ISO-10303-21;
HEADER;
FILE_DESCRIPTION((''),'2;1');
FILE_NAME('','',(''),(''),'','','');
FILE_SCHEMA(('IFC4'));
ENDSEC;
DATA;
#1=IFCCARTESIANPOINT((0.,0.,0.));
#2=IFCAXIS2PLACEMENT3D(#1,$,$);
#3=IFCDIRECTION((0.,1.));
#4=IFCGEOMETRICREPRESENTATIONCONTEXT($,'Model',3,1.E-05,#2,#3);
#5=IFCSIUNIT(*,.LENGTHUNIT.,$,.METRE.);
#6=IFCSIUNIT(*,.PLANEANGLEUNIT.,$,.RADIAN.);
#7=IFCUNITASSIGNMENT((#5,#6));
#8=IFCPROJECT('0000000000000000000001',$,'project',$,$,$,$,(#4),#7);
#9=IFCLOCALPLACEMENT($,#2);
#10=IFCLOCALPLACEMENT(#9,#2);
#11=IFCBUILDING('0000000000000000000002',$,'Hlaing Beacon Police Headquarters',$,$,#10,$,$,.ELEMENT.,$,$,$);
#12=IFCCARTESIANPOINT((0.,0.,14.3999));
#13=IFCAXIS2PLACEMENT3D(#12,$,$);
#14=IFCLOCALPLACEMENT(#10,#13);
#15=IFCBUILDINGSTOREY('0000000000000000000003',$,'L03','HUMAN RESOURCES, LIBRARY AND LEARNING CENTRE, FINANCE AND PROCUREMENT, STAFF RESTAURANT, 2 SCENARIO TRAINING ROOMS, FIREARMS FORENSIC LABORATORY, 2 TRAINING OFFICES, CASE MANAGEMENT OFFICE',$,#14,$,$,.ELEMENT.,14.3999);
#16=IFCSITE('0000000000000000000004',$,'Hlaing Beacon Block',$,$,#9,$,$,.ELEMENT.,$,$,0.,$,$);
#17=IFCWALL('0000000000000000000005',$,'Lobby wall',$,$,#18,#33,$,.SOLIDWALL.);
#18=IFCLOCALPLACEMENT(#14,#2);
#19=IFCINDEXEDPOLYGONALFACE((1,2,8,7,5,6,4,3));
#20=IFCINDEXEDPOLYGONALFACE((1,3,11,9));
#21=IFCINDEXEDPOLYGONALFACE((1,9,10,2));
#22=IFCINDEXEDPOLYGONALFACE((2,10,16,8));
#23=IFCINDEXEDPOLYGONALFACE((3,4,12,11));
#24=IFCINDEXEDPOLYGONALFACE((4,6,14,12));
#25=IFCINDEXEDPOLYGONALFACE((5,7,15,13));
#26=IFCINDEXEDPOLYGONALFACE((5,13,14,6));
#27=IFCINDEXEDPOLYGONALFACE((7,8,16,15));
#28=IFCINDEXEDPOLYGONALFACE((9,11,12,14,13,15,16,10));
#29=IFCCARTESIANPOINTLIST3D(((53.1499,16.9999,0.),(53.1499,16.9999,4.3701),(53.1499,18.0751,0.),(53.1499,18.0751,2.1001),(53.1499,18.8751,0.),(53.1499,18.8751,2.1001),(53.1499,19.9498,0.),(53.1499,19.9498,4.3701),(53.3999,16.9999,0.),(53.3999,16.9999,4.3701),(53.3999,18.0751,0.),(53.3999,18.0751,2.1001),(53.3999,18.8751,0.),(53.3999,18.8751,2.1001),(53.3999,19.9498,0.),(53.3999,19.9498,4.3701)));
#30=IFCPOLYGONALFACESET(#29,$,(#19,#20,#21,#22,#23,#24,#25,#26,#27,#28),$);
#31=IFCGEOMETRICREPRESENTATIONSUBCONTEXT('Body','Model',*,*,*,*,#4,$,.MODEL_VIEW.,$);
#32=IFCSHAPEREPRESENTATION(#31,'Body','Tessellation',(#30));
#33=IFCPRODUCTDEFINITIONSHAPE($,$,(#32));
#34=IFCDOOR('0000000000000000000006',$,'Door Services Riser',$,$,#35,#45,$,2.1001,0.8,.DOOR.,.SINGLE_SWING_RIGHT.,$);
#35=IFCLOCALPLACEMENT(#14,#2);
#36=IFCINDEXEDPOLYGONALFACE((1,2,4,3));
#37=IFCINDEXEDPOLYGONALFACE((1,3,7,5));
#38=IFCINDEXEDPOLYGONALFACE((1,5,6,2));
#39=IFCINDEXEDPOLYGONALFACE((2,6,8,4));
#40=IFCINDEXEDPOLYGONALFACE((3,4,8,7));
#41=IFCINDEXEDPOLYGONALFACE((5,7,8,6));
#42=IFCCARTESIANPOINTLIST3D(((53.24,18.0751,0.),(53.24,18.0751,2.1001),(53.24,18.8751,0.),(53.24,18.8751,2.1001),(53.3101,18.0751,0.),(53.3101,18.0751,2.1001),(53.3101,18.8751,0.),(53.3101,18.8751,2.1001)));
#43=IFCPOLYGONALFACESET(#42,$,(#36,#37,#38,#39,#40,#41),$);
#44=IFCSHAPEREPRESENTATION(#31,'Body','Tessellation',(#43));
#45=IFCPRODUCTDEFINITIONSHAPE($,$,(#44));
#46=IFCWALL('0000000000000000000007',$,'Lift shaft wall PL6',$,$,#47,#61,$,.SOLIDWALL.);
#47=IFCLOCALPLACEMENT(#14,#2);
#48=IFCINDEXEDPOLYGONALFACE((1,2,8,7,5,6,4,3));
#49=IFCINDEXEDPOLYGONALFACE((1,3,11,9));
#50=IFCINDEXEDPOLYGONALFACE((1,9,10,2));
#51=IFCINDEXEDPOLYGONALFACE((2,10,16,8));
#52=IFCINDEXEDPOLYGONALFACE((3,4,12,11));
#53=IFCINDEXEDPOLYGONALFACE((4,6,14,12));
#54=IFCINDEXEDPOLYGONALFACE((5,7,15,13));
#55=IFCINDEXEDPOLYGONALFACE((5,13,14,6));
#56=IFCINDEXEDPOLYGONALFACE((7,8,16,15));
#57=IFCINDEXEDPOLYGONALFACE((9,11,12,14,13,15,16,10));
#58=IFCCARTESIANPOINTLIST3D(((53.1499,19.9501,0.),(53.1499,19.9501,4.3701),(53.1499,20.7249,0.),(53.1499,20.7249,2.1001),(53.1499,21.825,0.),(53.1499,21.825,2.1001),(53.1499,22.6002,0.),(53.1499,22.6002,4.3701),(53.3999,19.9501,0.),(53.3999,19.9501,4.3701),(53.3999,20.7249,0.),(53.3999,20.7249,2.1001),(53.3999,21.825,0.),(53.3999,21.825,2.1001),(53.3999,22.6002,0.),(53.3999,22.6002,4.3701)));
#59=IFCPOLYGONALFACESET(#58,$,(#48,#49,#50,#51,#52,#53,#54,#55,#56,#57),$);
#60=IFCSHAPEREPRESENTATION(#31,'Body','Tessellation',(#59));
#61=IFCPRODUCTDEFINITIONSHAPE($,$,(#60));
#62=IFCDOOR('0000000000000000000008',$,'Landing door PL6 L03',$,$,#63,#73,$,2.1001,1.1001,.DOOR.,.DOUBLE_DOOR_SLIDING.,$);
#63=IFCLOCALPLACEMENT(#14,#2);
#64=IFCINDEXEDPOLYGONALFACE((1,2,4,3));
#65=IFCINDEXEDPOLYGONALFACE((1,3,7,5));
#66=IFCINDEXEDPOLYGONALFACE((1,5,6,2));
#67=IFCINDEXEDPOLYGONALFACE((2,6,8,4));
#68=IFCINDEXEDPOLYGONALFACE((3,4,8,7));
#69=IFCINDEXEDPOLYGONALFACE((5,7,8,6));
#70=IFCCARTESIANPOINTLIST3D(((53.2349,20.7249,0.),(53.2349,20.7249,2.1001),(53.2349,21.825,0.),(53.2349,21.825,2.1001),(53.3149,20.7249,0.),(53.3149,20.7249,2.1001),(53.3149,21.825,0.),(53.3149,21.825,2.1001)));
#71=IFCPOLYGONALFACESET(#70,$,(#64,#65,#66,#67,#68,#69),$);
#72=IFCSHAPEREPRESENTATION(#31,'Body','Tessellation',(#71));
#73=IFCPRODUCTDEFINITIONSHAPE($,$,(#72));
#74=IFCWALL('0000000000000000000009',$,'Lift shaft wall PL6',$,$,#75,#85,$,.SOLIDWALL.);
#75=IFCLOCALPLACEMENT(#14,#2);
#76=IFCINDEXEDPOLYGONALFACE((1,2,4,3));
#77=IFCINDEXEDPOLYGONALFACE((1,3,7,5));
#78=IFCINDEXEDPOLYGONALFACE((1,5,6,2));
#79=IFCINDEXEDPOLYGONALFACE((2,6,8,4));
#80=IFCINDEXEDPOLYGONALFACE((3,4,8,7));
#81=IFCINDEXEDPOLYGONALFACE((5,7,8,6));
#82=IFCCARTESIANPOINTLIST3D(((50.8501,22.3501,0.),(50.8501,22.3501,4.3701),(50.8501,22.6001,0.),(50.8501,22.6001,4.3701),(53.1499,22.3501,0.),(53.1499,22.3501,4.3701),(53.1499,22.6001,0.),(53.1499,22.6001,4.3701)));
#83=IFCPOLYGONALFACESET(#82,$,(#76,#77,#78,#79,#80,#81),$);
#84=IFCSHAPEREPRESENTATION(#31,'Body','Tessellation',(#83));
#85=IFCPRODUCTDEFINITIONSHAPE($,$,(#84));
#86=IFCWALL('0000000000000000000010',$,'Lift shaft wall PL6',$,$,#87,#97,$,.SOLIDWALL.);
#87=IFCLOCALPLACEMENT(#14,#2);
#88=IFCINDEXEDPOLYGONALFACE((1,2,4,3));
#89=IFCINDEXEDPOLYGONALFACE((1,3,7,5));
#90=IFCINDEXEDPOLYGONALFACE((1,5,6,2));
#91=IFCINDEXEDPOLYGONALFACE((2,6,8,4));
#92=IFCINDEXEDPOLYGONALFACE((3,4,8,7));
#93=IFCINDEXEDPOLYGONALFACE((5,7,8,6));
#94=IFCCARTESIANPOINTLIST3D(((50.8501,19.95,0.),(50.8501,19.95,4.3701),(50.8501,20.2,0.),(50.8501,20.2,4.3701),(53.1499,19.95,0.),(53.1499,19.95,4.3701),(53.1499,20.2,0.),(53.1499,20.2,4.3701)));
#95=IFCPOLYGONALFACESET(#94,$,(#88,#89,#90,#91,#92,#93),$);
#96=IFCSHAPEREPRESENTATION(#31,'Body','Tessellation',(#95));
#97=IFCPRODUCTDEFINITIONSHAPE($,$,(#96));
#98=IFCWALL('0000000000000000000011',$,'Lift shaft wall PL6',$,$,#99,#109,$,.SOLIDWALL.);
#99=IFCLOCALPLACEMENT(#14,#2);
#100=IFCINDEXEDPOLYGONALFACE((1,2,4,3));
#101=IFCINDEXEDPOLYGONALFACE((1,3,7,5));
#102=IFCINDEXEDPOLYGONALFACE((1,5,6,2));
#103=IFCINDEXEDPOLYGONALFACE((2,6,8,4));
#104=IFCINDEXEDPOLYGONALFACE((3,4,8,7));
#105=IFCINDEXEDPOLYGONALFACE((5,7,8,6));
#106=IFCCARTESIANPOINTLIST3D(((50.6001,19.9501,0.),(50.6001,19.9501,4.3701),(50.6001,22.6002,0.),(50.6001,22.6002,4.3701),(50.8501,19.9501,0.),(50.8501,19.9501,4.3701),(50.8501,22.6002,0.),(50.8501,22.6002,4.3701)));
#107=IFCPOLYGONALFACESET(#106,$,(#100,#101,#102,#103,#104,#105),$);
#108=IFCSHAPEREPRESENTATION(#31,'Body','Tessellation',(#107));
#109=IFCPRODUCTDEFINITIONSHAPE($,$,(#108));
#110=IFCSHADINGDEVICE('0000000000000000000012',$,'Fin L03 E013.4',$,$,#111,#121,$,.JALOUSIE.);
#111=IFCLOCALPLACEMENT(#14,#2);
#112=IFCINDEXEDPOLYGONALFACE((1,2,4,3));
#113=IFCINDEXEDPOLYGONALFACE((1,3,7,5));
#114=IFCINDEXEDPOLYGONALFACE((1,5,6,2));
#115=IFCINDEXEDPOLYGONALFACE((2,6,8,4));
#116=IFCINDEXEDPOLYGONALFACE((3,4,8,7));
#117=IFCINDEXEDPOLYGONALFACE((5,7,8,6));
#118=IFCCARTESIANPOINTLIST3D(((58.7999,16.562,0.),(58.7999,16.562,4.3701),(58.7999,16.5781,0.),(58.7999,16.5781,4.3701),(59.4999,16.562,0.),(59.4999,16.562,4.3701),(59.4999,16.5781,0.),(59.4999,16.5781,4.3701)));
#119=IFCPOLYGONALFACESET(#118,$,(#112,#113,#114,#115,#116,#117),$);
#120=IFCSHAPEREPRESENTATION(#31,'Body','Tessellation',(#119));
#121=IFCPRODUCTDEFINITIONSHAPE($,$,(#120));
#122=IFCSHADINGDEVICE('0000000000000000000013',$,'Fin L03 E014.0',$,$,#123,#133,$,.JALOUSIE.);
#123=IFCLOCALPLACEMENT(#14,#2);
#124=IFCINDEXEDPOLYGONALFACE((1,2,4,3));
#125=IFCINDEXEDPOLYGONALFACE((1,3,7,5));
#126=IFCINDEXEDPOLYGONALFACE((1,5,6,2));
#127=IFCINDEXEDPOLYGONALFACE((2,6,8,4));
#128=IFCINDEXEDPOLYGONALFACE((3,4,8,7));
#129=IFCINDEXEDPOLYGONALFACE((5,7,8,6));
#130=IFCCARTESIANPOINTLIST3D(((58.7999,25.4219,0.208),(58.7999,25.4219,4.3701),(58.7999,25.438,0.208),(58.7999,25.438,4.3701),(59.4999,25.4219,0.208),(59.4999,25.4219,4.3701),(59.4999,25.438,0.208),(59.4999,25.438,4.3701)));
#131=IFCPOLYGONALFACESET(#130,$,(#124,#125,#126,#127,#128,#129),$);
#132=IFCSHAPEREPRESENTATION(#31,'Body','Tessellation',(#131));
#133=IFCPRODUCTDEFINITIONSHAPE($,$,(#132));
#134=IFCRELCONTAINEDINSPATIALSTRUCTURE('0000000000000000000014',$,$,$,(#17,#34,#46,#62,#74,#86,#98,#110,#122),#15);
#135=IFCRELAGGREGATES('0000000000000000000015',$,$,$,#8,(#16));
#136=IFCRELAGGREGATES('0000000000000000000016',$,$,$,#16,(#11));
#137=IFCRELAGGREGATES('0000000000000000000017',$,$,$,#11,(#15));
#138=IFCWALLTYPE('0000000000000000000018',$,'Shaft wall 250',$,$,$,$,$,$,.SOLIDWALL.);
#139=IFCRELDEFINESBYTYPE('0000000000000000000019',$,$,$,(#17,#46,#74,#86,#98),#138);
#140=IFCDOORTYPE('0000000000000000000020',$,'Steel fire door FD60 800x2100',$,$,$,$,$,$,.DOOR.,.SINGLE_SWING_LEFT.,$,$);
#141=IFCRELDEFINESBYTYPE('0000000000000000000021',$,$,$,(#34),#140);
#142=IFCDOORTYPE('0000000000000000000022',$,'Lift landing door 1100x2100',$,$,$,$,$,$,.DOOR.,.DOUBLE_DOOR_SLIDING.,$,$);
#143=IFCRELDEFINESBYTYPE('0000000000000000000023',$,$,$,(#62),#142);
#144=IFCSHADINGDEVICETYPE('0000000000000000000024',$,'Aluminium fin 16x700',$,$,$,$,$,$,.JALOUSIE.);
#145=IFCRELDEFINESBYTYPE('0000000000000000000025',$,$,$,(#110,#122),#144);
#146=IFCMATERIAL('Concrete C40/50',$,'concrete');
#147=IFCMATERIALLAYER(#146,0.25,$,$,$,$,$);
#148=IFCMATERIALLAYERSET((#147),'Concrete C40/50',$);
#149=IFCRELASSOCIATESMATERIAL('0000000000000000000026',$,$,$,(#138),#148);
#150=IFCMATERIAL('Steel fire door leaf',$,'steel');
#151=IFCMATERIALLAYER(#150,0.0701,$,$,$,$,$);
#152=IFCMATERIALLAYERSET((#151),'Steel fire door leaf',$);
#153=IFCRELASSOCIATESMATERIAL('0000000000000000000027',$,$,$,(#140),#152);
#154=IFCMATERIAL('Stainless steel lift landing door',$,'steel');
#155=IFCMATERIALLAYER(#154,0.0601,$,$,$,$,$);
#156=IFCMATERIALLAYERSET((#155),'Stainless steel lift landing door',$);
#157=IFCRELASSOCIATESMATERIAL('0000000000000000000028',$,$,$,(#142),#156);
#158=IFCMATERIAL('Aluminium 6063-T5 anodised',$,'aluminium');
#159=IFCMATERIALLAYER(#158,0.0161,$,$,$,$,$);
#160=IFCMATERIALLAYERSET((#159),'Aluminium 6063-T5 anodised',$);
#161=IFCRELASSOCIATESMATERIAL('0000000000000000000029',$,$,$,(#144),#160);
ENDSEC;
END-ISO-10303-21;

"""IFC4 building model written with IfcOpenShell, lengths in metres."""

from ifc_helpers import new_model, si_unit, direction, frame, frame_2d, origin, origin_2d, place, context, subcontext, project, spatial, rectangle, extrude, material, layer, layer_set, type_object, element, fill, save


model = new_model("IFC4")

# Units and contexts
model_context = context("Model", 3, precision=1e-05, world=origin(), true_north=direction((0.0, 1.0)))
body_context = subcontext(model_context, "Body", "Model", "MODEL_VIEW")
ifc_project = project(units=[si_unit("LENGTHUNIT", "METRE"), si_unit("PLANEANGLEUNIT", "RADIAN")], contexts=[model_context])

# Site, building, storey
site_placement = place(None, origin())
site = spatial("IfcSite", under=ifc_project, at=site_placement, Name="Hlaing Beacon Block", CompositionType="ELEMENT", RefElevation=0.0)
building_placement = place(site_placement, origin())
building = spatial("IfcBuilding", under=site, at=building_placement, Name="Hlaing Beacon Police Headquarters", CompositionType="ELEMENT")
storey_placement = place(building_placement, frame((0.0, 0.0, 14.3999)))
storey = spatial("IfcBuildingStorey", under=building, at=storey_placement, Name="L03", Description="HUMAN RESOURCES, LIBRARY AND LEARNING CENTRE, FINANCE AND PROCUREMENT, STAFF RESTAURANT, 2 SCENARIO TRAINING ROOMS, FIREARMS FORENSIC LABORATORY, 2 TRAINING OFFICES, CASE MANAGEMENT OFFICE", CompositionType="ELEMENT", Elevation=14.3999)

# Walls, openings, doors
ifc_material_1 = material(Name="Concrete C40/50", Category="concrete")
ifc_layer_1 = layer(ifc_material_1, 0.25)
ifc_layer_set_1 = layer_set([ifc_layer_1], Name="Concrete C40/50")
wall_type_1 = type_object("IfcWallType", Name="Shaft wall 250", PredefinedType="SOLIDWALL", material=ifc_layer_set_1)
wall_1_placement = place(storey_placement, frame((53.2749, 19.95, 0.0), z_axis=(0.0, 0.0, 1.0), x_axis=(0.0, -1.0, 0.0)))
wall_1 = element("IfcWall", 1, at=wall_1_placement, inside=storey, type_object=wall_type_1, Name="Lobby wall", PredefinedType="SOLIDWALL", context=body_context, shape_type="SweptSolid", body=[
    extrude(rectangle(XDim=2.95, YDim=0.25, at=frame_2d((1.4751, 0.0))), origin(), (0.0, 0.0, 1.0), 4.3701),
])
opening_1_placement = place(wall_1_placement, frame((1.075, 0.0, 0.0)))
opening_1 = element("IfcOpeningElement", 2, at=opening_1_placement, cuts=wall_1, PredefinedType="OPENING", context=body_context, shape_type="SweptSolid", body=[
    extrude(rectangle(XDim=0.8, YDim=2.1001, at=frame_2d((0.3999, 1.05))), frame((0.0, 0.135, 0.0), z_axis=(0.0, -1.0, 0.0), x_axis=(1.0, 0.0, 0.0)), (0.0, 0.0, 1.0), 0.27),
])
ifc_material_2 = material(Name="Steel fire door leaf", Category="steel")
ifc_layer_2 = layer(ifc_material_2, 0.0701)
ifc_layer_set_2 = layer_set([ifc_layer_2], Name="Steel fire door leaf")
door_type_1 = type_object("IfcDoorType", Name="Steel fire door FD60 800x2100", OperationType="SINGLE_SWING_LEFT", PredefinedType="DOOR", material=ifc_layer_set_2)
door_1_placement = place(opening_1_placement, frame((0.8, 0.0, 0.0), z_axis=(0.0, 0.0, 1.0), x_axis=(-1.0, 0.0, 0.0)))
door_1 = element("IfcDoor", 3, at=door_1_placement, inside=storey, type_object=door_type_1, Name="Door Services Riser", OperationType="SINGLE_SWING_RIGHT", OverallHeight=2.1001, OverallWidth=0.8, PredefinedType="DOOR", context=body_context, shape_type="SweptSolid", body=[
    extrude(rectangle(XDim=0.8, YDim=2.1001, at=frame_2d((0.4001, 1.05))), frame((0.0, 0.0349, 0.0), z_axis=(0.0, -1.0, 0.0), x_axis=(1.0, 0.0, 0.0)), (0.0, 0.0, 1.0), 0.0701),
])
fill(opening_1, door_1)
wall_2_placement = place(storey_placement, frame((53.2749, 19.95, 0.0), z_axis=(0.0, 0.0, 1.0), x_axis=(0.0, 1.0, 0.0)))
wall_2 = element("IfcWall", 4, at=wall_2_placement, inside=storey, type_object=wall_type_1, Name="Lift shaft wall PL6", PredefinedType="SOLIDWALL", context=body_context, shape_type="SweptSolid", body=[
    extrude(rectangle(XDim=2.6501, YDim=0.25, at=frame_2d((1.3252, 0.0))), origin(), (0.0, 0.0, 1.0), 4.3701),
])
opening_2_placement = place(wall_2_placement, frame((0.7749, 0.0, 0.0)))
opening_2 = element("IfcOpeningElement", 5, at=opening_2_placement, cuts=wall_2, PredefinedType="OPENING", context=body_context, shape_type="SweptSolid", body=[
    extrude(rectangle(XDim=1.1001, YDim=2.1001, at=frame_2d((0.55, 1.05))), frame((0.0, 0.135, 0.0), z_axis=(0.0, -1.0, 0.0), x_axis=(1.0, 0.0, 0.0)), (0.0, 0.0, 1.0), 0.27),
])
ifc_material_3 = material(Name="Stainless steel lift landing door", Category="steel")
ifc_layer_3 = layer(ifc_material_3, 0.0601)
ifc_layer_set_3 = layer_set([ifc_layer_3], Name="Stainless steel lift landing door")
door_type_2 = type_object("IfcDoorType", Name="Lift landing door 1100x2100", OperationType="DOUBLE_DOOR_SLIDING", PredefinedType="DOOR", material=ifc_layer_set_3)
door_2_placement = place(opening_2_placement, origin())
door_2 = element("IfcDoor", 6, at=door_2_placement, inside=storey, type_object=door_type_2, Name="Landing door PL6 L03", OperationType="DOUBLE_DOOR_SLIDING", OverallHeight=2.1001, OverallWidth=1.1001, PredefinedType="DOOR", context=body_context, shape_type="SweptSolid", body=[
    extrude(rectangle(XDim=1.1001, YDim=2.1001, at=frame_2d((0.55, 1.05))), frame((0.0, 0.04, 0.0), z_axis=(0.0, -1.0, 0.0), x_axis=(1.0, 0.0, 0.0)), (0.0, 0.0, 1.0), 0.0801),
])
fill(opening_2, door_2)

# Walls
for number, where, z_axis, x_axis, name in (
    (7, (50.8501, 22.4751, 0.0), (0.0, 0.0, 1.0), (1.0, 0.0, 0.0), "Lift shaft wall PL6"),
    (8, (50.8501, 20.075, 0.0), (0.0, 0.0, 1.0), (1.0, 0.0, 0.0), "Lift shaft wall PL6"),
):
    element("IfcWall", number, at=place(storey_placement, frame(where, z_axis=z_axis, x_axis=x_axis)), inside=storey, type_object=wall_type_1, Name=name, PredefinedType="SOLIDWALL", context=body_context, shape_type="SweptSolid", body=[
        extrude(rectangle(XDim=2.2998, YDim=0.25, at=frame_2d((1.1499, 0.0))), origin(), (0.0, 0.0, 1.0), 4.3701),
    ])
wall_3_placement = place(storey_placement, frame((50.7251, 19.95, 0.0), z_axis=(0.0, 0.0, 1.0), x_axis=(0.0, 1.0, 0.0)))
element("IfcWall", 9, at=wall_3_placement, inside=storey, type_object=wall_type_1, Name="Lift shaft wall PL6", PredefinedType="SOLIDWALL", context=body_context, shape_type="SweptSolid", body=[
    extrude(rectangle(XDim=2.6501, YDim=0.25, at=frame_2d((1.3252, 0.0))), origin(), (0.0, 0.0, 1.0), 4.3701),
])

# Shading devices
ifc_material_4 = material(Name="Aluminium 6063-T5 anodised", Category="aluminium")
ifc_layer_4 = layer(ifc_material_4, 0.0161)
ifc_layer_set_4 = layer_set([ifc_layer_4], Name="Aluminium 6063-T5 anodised")
shading_device_type = type_object("IfcShadingDeviceType", Name="Aluminium fin 16x700", PredefinedType="JALOUSIE", material=ifc_layer_set_4)
shading_device_1_placement = place(storey_placement, frame((59.1499, 16.5701, 0.0), z_axis=(0.0, 0.0, 1.0), x_axis=(0.0, 1.0, 0.0)))
element("IfcShadingDevice", 10, at=shading_device_1_placement, inside=storey, type_object=shading_device_type, Name="Fin L03 E013.4", PredefinedType="JALOUSIE", context=body_context, shape_type="SweptSolid", body=[
    extrude(rectangle(XDim=0.0161, YDim=0.7, at=origin_2d()), origin(), (0.0, 0.0, 1.0), 4.3701),
])
shading_device_2_placement = place(storey_placement, frame((59.1499, 25.4299, 0.208), z_axis=(0.0, 0.0, 1.0), x_axis=(0.0, 1.0, 0.0)))
element("IfcShadingDevice", 11, at=shading_device_2_placement, inside=storey, type_object=shading_device_type, Name="Fin L03 E014.0", PredefinedType="JALOUSIE", context=body_context, shape_type="SweptSolid", body=[
    extrude(rectangle(XDim=0.0161, YDim=0.7, at=origin_2d()), origin(), (0.0, 0.0, 1.0), 4.1621),
])

save(model, "model.ifc")
